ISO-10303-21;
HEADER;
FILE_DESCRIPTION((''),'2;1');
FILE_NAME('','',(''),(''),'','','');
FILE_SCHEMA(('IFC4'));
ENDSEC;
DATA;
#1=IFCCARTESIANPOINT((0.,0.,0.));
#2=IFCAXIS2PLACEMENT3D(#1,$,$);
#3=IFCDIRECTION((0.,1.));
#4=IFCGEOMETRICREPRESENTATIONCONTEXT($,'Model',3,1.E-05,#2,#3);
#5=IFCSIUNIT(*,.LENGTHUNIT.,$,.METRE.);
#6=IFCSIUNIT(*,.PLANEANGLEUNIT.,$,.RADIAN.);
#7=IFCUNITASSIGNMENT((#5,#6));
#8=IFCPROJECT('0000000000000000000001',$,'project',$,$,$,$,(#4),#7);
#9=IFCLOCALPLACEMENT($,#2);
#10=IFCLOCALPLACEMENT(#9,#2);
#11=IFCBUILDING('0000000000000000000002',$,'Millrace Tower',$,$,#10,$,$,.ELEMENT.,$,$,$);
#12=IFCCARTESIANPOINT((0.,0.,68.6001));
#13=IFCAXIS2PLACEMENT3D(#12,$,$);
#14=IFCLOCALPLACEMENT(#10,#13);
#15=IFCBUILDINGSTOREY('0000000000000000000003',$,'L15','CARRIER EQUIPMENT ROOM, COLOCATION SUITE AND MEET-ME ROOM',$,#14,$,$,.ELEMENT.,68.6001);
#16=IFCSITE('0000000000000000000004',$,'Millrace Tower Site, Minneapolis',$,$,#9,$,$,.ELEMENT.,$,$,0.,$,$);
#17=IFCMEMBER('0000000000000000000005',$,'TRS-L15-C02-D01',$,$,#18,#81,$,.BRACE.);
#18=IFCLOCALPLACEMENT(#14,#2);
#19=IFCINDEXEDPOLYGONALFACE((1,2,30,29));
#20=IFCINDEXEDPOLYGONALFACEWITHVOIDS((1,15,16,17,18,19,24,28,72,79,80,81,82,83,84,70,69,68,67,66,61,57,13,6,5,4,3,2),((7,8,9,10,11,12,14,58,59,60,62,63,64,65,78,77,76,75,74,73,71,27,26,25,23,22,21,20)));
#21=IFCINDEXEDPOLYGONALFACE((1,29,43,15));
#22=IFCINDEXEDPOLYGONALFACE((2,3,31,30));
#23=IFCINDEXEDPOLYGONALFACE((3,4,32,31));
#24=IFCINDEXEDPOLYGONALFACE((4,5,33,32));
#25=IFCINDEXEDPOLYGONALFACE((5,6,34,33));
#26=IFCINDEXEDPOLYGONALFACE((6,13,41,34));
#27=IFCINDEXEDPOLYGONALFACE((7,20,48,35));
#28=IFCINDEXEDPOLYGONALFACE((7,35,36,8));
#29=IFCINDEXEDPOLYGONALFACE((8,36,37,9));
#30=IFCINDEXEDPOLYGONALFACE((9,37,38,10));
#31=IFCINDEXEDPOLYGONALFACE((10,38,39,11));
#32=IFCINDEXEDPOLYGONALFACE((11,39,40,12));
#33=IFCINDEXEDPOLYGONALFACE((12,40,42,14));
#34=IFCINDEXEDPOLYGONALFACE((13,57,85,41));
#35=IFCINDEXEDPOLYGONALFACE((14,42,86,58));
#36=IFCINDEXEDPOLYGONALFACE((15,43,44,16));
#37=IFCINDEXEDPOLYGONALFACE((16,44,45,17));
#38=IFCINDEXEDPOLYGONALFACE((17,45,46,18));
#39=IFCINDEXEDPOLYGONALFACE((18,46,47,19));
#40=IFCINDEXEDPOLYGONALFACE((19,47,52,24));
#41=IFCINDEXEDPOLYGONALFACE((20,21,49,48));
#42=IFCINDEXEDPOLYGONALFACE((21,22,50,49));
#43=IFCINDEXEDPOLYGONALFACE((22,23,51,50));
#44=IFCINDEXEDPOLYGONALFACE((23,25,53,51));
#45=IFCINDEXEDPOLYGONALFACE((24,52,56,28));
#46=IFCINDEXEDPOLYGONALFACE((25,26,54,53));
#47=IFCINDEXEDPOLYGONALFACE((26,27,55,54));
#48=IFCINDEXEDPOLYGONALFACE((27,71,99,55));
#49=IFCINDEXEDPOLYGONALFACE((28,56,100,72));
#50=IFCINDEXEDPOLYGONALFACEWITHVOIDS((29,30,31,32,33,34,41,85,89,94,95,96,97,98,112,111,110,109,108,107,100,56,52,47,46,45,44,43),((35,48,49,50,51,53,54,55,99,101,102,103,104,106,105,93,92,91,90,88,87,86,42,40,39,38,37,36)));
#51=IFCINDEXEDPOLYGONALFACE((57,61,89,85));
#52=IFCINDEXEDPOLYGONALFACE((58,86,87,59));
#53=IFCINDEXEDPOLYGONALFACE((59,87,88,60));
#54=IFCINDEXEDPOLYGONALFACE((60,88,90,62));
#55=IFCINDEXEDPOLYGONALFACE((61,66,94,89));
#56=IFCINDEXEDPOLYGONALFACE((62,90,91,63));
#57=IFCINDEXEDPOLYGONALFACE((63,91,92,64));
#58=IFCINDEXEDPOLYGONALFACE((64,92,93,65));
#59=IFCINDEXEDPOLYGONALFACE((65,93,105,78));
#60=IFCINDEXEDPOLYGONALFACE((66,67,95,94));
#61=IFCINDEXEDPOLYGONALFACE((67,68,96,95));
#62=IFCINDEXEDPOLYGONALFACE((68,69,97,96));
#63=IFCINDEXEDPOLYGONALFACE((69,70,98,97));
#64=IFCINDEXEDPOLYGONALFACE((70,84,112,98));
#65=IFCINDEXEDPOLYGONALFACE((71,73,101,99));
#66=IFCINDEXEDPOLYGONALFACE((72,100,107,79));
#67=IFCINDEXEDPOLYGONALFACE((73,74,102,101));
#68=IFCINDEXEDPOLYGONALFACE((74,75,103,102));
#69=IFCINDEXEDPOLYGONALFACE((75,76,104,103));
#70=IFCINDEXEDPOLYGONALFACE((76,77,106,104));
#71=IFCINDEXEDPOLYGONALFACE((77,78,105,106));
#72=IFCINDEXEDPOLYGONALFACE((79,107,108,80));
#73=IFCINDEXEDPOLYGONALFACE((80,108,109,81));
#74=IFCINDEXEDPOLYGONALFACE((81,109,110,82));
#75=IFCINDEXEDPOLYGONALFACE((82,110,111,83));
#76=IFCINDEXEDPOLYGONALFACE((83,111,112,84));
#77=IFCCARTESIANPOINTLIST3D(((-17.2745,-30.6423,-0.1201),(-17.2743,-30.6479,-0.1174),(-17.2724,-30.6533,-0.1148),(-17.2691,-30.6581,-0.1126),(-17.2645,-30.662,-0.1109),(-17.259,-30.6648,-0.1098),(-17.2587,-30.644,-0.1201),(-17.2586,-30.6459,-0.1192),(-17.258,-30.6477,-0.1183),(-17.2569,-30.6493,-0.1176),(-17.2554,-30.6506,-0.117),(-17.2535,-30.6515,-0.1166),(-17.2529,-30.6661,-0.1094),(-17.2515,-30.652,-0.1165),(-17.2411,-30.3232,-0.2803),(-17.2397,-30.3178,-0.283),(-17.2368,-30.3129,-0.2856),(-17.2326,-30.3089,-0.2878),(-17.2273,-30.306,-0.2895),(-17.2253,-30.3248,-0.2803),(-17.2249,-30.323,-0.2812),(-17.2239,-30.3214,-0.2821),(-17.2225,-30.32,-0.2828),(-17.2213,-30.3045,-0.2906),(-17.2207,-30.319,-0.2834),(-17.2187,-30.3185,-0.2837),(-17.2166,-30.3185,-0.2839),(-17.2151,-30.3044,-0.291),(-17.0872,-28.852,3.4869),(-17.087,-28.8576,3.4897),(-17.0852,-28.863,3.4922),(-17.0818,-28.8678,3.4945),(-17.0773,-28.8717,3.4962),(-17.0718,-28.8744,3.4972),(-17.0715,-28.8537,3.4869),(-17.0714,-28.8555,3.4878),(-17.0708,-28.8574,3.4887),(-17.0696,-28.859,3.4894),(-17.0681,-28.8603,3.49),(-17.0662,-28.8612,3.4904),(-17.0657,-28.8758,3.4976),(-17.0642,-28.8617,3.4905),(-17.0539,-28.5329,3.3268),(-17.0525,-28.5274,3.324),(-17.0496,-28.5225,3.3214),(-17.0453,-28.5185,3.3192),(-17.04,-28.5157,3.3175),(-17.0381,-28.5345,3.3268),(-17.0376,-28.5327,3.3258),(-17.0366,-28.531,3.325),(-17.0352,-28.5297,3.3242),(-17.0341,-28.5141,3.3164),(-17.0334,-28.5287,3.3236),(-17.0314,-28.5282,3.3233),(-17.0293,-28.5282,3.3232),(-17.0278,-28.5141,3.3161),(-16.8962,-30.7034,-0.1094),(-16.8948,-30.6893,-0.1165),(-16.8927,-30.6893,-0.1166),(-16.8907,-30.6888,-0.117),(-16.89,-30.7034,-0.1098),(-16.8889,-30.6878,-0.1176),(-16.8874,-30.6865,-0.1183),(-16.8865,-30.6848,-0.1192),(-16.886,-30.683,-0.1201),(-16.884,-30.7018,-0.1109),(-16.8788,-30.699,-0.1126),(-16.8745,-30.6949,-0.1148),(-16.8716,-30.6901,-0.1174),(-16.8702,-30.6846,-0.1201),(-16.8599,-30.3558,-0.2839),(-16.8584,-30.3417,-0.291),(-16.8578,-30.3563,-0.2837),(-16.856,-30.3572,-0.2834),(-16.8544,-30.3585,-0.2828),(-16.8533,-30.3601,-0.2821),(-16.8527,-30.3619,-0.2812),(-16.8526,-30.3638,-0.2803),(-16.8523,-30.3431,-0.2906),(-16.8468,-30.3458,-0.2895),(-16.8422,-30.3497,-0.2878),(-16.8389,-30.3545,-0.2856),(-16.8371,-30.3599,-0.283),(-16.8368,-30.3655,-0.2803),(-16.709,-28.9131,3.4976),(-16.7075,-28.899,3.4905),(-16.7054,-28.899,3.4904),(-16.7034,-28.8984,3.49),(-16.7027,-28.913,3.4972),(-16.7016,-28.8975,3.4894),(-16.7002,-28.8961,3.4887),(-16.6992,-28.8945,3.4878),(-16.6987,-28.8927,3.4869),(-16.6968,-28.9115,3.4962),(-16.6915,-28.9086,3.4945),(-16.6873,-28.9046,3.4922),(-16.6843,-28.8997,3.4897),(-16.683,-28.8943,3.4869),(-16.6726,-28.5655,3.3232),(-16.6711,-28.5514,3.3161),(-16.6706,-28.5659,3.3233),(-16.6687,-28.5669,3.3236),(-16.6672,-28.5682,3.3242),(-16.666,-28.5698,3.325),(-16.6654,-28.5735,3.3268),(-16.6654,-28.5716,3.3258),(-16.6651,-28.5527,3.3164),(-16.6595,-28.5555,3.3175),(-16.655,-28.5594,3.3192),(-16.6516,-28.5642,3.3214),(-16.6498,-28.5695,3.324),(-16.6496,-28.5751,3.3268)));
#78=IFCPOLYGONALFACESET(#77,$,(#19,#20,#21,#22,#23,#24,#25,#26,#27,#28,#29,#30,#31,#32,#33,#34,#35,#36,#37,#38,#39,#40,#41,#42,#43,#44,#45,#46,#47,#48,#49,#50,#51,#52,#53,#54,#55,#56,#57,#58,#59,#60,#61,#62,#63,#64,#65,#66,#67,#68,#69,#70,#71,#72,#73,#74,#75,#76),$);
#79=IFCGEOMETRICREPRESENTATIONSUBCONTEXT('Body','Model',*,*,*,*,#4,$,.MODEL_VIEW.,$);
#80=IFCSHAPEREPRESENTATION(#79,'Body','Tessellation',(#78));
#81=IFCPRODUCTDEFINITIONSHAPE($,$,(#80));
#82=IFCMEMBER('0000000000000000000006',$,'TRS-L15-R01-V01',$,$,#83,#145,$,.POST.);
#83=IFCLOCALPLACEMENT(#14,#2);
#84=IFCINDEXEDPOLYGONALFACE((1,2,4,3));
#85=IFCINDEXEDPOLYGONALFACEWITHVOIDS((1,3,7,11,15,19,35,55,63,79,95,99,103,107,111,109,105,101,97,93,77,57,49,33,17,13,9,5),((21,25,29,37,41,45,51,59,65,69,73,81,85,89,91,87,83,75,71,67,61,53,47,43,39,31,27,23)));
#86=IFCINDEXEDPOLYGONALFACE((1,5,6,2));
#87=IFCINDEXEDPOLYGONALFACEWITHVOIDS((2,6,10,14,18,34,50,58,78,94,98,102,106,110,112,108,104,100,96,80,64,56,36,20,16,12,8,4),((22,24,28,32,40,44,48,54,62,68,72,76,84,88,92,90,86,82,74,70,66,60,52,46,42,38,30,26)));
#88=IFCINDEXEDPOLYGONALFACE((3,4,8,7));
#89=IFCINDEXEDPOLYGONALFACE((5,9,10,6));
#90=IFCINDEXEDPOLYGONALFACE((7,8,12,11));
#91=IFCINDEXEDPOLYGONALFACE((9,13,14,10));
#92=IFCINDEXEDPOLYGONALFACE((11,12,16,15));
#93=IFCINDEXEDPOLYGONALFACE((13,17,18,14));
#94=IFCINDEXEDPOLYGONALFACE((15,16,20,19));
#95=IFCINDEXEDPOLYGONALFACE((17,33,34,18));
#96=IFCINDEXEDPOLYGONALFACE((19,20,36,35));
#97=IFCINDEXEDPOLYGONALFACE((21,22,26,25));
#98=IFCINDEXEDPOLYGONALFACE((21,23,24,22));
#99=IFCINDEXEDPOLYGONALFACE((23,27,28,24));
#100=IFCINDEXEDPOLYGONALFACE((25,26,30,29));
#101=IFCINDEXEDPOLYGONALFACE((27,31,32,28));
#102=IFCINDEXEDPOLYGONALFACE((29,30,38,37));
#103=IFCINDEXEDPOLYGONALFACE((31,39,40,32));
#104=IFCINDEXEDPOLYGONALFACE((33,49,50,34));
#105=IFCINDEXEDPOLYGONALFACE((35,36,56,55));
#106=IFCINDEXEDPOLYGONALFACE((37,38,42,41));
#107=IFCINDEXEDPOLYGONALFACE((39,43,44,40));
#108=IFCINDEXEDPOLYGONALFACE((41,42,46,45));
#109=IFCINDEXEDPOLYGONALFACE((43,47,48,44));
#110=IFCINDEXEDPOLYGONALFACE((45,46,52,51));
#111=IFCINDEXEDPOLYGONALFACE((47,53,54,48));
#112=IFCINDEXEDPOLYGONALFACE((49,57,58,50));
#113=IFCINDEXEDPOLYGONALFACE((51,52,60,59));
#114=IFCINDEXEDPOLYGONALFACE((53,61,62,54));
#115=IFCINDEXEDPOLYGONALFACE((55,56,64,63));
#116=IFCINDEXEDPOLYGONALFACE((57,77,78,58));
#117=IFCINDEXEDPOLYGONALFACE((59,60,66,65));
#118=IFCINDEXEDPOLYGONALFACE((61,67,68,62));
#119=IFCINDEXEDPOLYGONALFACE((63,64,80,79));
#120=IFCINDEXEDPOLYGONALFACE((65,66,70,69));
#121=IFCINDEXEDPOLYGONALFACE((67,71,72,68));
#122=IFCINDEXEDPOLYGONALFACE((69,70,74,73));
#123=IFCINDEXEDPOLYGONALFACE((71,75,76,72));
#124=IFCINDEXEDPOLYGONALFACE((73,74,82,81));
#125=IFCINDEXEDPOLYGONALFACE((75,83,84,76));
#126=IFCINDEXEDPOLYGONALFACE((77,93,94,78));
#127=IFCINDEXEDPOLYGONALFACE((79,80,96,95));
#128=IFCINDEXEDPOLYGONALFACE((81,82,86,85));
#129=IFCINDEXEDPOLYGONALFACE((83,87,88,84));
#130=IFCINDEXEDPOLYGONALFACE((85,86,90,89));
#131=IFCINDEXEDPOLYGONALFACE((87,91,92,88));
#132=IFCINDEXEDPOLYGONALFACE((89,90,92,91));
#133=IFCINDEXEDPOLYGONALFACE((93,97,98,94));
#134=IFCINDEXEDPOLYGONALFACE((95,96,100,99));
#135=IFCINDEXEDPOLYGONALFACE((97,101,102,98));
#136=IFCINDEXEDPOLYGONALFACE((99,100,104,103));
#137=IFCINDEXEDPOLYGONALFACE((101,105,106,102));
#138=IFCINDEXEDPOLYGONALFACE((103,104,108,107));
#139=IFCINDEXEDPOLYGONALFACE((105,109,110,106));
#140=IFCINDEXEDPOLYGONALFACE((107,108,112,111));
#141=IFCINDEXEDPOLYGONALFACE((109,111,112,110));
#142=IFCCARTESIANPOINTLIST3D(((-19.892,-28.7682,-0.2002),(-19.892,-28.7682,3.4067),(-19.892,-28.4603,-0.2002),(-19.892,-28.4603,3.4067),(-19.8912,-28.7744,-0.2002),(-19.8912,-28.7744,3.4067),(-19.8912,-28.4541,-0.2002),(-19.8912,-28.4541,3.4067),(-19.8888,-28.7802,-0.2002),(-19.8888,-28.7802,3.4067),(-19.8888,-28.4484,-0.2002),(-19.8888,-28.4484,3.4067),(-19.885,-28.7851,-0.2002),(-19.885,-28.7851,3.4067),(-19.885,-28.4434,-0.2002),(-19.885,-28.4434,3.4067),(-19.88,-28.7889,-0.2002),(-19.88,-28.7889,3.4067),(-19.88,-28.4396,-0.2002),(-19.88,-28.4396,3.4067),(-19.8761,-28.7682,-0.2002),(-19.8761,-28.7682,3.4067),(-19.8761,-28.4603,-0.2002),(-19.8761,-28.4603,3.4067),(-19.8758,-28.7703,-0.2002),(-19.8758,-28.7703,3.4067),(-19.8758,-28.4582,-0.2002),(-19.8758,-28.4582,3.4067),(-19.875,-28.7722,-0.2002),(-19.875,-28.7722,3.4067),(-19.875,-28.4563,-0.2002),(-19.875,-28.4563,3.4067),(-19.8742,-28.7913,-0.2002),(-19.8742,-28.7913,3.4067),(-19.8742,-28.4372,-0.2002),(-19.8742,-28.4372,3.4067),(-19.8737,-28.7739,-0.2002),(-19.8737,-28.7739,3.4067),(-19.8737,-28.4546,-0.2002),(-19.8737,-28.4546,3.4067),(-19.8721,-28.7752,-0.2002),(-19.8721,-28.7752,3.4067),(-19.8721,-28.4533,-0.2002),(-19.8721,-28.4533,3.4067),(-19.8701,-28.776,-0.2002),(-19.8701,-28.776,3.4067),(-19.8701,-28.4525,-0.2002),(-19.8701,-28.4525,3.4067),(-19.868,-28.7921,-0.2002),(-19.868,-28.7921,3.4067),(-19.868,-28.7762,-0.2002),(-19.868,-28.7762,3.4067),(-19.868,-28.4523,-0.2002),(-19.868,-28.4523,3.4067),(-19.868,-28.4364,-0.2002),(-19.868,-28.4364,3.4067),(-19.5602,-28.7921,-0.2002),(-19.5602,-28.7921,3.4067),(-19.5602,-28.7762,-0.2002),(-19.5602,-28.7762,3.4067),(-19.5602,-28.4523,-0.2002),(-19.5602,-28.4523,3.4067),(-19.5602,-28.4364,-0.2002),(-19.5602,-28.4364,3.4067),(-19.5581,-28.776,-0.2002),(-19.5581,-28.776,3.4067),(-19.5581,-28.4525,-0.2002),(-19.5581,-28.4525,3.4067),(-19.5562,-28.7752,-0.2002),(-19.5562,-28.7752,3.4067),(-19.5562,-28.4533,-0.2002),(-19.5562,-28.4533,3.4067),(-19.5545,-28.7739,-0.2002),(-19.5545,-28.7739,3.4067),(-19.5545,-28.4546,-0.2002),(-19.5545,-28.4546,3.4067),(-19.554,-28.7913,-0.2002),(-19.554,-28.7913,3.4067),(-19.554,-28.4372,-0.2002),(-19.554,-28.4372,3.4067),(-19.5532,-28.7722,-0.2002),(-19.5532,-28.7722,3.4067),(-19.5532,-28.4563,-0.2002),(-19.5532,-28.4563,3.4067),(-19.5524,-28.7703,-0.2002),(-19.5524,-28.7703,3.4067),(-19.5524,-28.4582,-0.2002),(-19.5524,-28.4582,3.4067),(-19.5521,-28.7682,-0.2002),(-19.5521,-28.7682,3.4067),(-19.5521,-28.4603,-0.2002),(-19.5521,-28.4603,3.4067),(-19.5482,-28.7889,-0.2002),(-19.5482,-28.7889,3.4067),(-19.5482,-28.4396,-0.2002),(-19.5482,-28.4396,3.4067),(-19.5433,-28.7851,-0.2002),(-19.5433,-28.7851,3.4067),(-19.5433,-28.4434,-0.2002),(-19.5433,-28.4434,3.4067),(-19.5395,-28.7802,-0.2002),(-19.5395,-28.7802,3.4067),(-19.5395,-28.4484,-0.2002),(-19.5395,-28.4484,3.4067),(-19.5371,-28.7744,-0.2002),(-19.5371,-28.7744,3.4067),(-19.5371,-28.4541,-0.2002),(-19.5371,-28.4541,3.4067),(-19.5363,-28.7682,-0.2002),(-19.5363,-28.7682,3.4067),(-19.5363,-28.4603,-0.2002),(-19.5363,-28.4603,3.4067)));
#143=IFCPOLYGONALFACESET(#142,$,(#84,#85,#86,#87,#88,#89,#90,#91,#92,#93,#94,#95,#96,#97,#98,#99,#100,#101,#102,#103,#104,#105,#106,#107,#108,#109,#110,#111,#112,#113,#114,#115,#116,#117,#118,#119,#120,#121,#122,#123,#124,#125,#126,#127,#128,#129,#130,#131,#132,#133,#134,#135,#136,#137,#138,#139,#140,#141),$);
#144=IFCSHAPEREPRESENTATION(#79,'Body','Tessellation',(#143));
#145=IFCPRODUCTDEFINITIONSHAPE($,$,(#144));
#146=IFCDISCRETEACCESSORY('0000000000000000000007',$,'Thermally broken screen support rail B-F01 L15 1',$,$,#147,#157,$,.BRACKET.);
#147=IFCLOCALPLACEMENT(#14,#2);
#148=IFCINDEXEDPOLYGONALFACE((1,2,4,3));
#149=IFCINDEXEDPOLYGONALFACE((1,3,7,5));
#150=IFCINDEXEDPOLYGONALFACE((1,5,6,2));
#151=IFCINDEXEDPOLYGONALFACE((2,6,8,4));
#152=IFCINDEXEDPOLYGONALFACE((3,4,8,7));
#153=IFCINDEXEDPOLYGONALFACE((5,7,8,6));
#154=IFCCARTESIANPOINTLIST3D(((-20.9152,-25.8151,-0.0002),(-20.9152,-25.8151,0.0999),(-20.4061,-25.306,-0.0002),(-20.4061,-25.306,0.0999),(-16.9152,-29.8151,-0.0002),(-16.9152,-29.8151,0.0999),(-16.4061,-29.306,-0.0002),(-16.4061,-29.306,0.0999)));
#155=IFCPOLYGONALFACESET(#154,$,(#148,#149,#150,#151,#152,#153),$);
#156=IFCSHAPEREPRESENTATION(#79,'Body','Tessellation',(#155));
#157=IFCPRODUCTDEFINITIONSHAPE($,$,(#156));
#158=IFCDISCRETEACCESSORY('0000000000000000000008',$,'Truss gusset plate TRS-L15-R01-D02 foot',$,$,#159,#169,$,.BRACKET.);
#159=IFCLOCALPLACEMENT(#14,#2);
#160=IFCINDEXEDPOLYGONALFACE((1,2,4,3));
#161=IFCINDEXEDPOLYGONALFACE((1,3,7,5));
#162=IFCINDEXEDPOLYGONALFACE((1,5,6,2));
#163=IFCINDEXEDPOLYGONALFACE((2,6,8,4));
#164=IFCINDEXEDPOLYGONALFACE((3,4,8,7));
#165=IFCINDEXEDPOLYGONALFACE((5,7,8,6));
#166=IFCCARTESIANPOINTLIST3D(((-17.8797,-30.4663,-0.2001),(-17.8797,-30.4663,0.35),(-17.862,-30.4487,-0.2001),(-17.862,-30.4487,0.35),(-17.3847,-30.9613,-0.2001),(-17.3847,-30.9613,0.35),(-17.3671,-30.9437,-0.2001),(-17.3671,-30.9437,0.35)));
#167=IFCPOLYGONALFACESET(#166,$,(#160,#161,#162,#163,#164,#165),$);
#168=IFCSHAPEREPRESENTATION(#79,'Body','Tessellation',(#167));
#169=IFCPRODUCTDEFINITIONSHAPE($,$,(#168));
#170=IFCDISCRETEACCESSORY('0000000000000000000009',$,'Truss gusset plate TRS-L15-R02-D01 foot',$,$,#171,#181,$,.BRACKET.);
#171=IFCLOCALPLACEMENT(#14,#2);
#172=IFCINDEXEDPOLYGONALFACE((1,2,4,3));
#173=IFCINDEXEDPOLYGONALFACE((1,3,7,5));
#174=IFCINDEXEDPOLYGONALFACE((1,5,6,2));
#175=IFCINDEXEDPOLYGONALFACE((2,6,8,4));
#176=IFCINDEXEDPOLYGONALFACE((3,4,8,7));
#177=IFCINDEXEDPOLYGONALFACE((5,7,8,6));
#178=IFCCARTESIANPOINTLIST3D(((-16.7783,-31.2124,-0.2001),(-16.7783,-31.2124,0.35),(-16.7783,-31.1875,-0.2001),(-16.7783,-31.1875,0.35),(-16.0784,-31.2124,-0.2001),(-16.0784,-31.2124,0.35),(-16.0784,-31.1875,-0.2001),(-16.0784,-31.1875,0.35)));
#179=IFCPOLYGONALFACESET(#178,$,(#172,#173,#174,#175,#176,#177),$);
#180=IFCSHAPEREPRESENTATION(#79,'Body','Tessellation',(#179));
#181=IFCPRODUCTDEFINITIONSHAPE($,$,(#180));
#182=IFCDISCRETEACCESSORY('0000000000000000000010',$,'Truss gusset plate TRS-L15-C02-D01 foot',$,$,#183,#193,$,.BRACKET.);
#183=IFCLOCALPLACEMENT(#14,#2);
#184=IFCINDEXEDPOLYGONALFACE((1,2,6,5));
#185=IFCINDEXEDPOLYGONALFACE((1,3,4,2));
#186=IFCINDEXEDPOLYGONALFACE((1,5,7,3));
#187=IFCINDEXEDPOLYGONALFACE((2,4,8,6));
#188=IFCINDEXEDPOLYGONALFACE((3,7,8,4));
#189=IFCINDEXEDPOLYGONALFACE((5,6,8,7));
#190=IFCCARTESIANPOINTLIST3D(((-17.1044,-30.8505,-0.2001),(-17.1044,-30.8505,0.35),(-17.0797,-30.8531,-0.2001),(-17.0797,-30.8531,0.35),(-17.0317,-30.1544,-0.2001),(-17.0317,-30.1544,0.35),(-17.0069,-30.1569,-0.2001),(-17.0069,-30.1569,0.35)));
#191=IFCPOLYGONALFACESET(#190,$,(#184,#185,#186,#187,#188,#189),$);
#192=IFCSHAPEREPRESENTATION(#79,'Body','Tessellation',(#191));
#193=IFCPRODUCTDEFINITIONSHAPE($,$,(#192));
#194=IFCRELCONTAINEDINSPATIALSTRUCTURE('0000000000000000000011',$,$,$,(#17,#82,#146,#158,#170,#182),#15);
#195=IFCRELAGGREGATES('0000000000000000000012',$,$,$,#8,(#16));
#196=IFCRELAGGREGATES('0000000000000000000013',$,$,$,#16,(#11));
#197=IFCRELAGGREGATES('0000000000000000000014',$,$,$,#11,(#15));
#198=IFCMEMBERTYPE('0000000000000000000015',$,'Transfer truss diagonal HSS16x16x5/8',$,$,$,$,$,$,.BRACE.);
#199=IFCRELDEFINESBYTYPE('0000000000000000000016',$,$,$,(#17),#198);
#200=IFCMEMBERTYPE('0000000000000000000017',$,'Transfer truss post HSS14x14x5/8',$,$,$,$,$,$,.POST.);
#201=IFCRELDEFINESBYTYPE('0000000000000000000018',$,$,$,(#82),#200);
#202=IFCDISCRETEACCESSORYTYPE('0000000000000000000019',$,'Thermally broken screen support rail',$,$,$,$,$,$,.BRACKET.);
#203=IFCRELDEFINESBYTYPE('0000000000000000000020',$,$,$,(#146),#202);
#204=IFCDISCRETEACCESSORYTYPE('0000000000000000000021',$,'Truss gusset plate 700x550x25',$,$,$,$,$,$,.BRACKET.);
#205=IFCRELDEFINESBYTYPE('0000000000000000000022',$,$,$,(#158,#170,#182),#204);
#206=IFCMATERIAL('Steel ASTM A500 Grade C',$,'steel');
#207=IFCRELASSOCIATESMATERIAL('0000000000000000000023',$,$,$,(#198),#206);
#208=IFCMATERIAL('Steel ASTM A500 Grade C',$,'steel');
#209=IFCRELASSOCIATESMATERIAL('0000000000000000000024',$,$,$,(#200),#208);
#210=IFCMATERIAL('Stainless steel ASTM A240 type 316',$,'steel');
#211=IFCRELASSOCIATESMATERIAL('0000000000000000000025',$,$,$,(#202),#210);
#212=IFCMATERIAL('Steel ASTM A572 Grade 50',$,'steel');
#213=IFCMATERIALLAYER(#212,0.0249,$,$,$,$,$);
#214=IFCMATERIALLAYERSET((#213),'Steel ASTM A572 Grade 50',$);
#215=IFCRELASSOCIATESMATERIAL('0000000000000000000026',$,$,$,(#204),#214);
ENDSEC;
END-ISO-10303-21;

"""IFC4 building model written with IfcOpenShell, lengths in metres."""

from ifc_helpers import new_model, si_unit, direction, frame, origin, origin_2d, place, context, subcontext, project, spatial, rectangle, hollow_rectangle, extrude, material, layer, layer_set, material_profile, profile_set, type_object, element, save


model = new_model("IFC4")

# Units and contexts
model_context = context("Model", 3, precision=1e-05, world=origin(), true_north=direction((0.0, 1.0)))
body_context = subcontext(model_context, "Body", "Model", "MODEL_VIEW")
ifc_project = project(units=[si_unit("LENGTHUNIT", "METRE"), si_unit("PLANEANGLEUNIT", "RADIAN")], contexts=[model_context])

# Site, building, storey
site_placement = place(None, origin())
site = spatial("IfcSite", under=ifc_project, at=site_placement, Name="Millrace Tower Site, Minneapolis", CompositionType="ELEMENT", RefElevation=0.0)
building_placement = place(site_placement, origin())
building = spatial("IfcBuilding", under=site, at=building_placement, Name="Millrace Tower", CompositionType="ELEMENT")
storey_placement = place(building_placement, frame((0.0, 0.0, 68.6001)))
storey = spatial("IfcBuildingStorey", under=building, at=storey_placement, Name="L15", Description="CARRIER EQUIPMENT ROOM, COLOCATION SUITE AND MEET-ME ROOM", CompositionType="ELEMENT", Elevation=68.6001)

# Members
ifc_material_1 = material(Name="Steel ASTM A500 Grade C", Category="steel")
ifc_material_profile_1 = material_profile(ifc_material_1, hollow_rectangle(XDim=0.4065, YDim=0.4065, WallThickness=0.0159, InnerFilletRadius=0.0081, OuterFilletRadius=0.0239, at=origin_2d()))
ifc_profile_set_1 = profile_set([ifc_material_profile_1], Name="Steel ASTM A500 Grade C")
member_type_1 = type_object("IfcMemberType", Name="Transfer truss diagonal HSS16x16x5/8", PredefinedType="BRACE", material=ifc_profile_set_1)
member_1_placement = place(storey_placement, frame((-17.0557, -30.5039, -0.2002), z_axis=(0.046452, 0.444113, 0.894766), x_axis=(-0.994574, 0.104028, 0.0)))
element("IfcMember", 1, at=member_1_placement, inside=storey, type_object=member_type_1, Name="TRS-L15-C02-D01", PredefinedType="BRACE", context=body_context, shape_type="SweptSolid", body=[
    extrude(hollow_rectangle(XDim=0.4065, YDim=0.4065, WallThickness=0.0159, InnerFilletRadius=0.0081, OuterFilletRadius=0.0239, at=origin_2d()), origin(), (0.0, 0.0, 1.0), 4.0312),
])
ifc_material_2 = material(Name="Steel ASTM A500 Grade C", Category="steel")
ifc_material_profile_2 = material_profile(ifc_material_2, hollow_rectangle(XDim=0.3557, YDim=0.3557, WallThickness=0.0159, InnerFilletRadius=0.0081, OuterFilletRadius=0.0239, at=origin_2d()))
ifc_profile_set_2 = profile_set([ifc_material_profile_2], Name="Steel ASTM A500 Grade C")
member_type_2 = type_object("IfcMemberType", Name="Transfer truss post HSS14x14x5/8", PredefinedType="POST", material=ifc_profile_set_2)
member_2_placement = place(storey_placement, frame((-19.7141, -28.6143, -0.2002), z_axis=(0.0, 0.0, 1.0), x_axis=(1.0, 0.0, 0.0)))
element("IfcMember", 2, at=member_2_placement, inside=storey, type_object=member_type_2, Name="TRS-L15-R01-V01", PredefinedType="POST", context=body_context, shape_type="SweptSolid", body=[
    extrude(hollow_rectangle(XDim=0.3557, YDim=0.3557, WallThickness=0.0159, InnerFilletRadius=0.0081, OuterFilletRadius=0.0239, at=origin_2d()), origin(), (0.0, 0.0, 1.0), 3.6069),
])

# Discrete accessories
ifc_material_3 = material(Name="Stainless steel ASTM A240 type 316", Category="steel")
discrete_accessory_type_1 = type_object("IfcDiscreteAccessoryType", Name="Thermally broken screen support rail", PredefinedType="BRACKET", material=ifc_material_3)
discrete_accessory_1_placement = place(storey_placement, frame((-18.6606, -27.5605, -0.0002), z_axis=(0.0, 0.0, 1.0), x_axis=(0.707107, -0.707107, 0.0)))
element("IfcDiscreteAccessory", 3, at=discrete_accessory_1_placement, inside=storey, type_object=discrete_accessory_type_1, Name="Thermally broken screen support rail B-F01 L15 1", PredefinedType="BRACKET", context=body_context, shape_type="SweptSolid", body=[
    extrude(rectangle(XDim=5.6567, YDim=0.72, at=origin_2d()), origin(), (0.0, 0.0, 1.0), 0.1001),
])
ifc_material_4 = material(Name="Steel ASTM A572 Grade 50", Category="steel")
ifc_layer_1 = layer(ifc_material_4, 0.0249)
ifc_layer_set_1 = layer_set([ifc_layer_1], Name="Steel ASTM A572 Grade 50")
discrete_accessory_type_2 = type_object("IfcDiscreteAccessoryType", Name="Truss gusset plate 700x550x25", PredefinedType="BRACKET", material=ifc_layer_set_1)
for number, where, z_axis, x_axis, name in (
    (4, (-17.8708, -30.4575, 0.075), (0.707107, -0.707107, 0.0), (0.707107, 0.707107, 0.0), "Truss gusset plate TRS-L15-R01-D02 foot"),
    (5, (-16.7783, -31.2, 0.075), (1.0, 0.0, 0.0), (0.0, 1.0, 0.0), "Truss gusset plate TRS-L15-R02-D01 foot"),
    (6, (-17.092, -30.8518, 0.075), (0.103958, 0.994582, 0.0), (-0.994582, 0.103958, 0.0), "Truss gusset plate TRS-L15-C02-D01 foot"),
):
    element("IfcDiscreteAccessory", number, at=place(storey_placement, frame(where, z_axis=z_axis, x_axis=x_axis)), inside=storey, type_object=discrete_accessory_type_2, Name=name, PredefinedType="BRACKET", context=body_context, shape_type="SweptSolid", body=[
        extrude(rectangle(XDim=0.0249, YDim=0.55, at=origin_2d()), origin(), (0.0, 0.0, 1.0), 0.7),
    ])

save(model, "model.ifc")
